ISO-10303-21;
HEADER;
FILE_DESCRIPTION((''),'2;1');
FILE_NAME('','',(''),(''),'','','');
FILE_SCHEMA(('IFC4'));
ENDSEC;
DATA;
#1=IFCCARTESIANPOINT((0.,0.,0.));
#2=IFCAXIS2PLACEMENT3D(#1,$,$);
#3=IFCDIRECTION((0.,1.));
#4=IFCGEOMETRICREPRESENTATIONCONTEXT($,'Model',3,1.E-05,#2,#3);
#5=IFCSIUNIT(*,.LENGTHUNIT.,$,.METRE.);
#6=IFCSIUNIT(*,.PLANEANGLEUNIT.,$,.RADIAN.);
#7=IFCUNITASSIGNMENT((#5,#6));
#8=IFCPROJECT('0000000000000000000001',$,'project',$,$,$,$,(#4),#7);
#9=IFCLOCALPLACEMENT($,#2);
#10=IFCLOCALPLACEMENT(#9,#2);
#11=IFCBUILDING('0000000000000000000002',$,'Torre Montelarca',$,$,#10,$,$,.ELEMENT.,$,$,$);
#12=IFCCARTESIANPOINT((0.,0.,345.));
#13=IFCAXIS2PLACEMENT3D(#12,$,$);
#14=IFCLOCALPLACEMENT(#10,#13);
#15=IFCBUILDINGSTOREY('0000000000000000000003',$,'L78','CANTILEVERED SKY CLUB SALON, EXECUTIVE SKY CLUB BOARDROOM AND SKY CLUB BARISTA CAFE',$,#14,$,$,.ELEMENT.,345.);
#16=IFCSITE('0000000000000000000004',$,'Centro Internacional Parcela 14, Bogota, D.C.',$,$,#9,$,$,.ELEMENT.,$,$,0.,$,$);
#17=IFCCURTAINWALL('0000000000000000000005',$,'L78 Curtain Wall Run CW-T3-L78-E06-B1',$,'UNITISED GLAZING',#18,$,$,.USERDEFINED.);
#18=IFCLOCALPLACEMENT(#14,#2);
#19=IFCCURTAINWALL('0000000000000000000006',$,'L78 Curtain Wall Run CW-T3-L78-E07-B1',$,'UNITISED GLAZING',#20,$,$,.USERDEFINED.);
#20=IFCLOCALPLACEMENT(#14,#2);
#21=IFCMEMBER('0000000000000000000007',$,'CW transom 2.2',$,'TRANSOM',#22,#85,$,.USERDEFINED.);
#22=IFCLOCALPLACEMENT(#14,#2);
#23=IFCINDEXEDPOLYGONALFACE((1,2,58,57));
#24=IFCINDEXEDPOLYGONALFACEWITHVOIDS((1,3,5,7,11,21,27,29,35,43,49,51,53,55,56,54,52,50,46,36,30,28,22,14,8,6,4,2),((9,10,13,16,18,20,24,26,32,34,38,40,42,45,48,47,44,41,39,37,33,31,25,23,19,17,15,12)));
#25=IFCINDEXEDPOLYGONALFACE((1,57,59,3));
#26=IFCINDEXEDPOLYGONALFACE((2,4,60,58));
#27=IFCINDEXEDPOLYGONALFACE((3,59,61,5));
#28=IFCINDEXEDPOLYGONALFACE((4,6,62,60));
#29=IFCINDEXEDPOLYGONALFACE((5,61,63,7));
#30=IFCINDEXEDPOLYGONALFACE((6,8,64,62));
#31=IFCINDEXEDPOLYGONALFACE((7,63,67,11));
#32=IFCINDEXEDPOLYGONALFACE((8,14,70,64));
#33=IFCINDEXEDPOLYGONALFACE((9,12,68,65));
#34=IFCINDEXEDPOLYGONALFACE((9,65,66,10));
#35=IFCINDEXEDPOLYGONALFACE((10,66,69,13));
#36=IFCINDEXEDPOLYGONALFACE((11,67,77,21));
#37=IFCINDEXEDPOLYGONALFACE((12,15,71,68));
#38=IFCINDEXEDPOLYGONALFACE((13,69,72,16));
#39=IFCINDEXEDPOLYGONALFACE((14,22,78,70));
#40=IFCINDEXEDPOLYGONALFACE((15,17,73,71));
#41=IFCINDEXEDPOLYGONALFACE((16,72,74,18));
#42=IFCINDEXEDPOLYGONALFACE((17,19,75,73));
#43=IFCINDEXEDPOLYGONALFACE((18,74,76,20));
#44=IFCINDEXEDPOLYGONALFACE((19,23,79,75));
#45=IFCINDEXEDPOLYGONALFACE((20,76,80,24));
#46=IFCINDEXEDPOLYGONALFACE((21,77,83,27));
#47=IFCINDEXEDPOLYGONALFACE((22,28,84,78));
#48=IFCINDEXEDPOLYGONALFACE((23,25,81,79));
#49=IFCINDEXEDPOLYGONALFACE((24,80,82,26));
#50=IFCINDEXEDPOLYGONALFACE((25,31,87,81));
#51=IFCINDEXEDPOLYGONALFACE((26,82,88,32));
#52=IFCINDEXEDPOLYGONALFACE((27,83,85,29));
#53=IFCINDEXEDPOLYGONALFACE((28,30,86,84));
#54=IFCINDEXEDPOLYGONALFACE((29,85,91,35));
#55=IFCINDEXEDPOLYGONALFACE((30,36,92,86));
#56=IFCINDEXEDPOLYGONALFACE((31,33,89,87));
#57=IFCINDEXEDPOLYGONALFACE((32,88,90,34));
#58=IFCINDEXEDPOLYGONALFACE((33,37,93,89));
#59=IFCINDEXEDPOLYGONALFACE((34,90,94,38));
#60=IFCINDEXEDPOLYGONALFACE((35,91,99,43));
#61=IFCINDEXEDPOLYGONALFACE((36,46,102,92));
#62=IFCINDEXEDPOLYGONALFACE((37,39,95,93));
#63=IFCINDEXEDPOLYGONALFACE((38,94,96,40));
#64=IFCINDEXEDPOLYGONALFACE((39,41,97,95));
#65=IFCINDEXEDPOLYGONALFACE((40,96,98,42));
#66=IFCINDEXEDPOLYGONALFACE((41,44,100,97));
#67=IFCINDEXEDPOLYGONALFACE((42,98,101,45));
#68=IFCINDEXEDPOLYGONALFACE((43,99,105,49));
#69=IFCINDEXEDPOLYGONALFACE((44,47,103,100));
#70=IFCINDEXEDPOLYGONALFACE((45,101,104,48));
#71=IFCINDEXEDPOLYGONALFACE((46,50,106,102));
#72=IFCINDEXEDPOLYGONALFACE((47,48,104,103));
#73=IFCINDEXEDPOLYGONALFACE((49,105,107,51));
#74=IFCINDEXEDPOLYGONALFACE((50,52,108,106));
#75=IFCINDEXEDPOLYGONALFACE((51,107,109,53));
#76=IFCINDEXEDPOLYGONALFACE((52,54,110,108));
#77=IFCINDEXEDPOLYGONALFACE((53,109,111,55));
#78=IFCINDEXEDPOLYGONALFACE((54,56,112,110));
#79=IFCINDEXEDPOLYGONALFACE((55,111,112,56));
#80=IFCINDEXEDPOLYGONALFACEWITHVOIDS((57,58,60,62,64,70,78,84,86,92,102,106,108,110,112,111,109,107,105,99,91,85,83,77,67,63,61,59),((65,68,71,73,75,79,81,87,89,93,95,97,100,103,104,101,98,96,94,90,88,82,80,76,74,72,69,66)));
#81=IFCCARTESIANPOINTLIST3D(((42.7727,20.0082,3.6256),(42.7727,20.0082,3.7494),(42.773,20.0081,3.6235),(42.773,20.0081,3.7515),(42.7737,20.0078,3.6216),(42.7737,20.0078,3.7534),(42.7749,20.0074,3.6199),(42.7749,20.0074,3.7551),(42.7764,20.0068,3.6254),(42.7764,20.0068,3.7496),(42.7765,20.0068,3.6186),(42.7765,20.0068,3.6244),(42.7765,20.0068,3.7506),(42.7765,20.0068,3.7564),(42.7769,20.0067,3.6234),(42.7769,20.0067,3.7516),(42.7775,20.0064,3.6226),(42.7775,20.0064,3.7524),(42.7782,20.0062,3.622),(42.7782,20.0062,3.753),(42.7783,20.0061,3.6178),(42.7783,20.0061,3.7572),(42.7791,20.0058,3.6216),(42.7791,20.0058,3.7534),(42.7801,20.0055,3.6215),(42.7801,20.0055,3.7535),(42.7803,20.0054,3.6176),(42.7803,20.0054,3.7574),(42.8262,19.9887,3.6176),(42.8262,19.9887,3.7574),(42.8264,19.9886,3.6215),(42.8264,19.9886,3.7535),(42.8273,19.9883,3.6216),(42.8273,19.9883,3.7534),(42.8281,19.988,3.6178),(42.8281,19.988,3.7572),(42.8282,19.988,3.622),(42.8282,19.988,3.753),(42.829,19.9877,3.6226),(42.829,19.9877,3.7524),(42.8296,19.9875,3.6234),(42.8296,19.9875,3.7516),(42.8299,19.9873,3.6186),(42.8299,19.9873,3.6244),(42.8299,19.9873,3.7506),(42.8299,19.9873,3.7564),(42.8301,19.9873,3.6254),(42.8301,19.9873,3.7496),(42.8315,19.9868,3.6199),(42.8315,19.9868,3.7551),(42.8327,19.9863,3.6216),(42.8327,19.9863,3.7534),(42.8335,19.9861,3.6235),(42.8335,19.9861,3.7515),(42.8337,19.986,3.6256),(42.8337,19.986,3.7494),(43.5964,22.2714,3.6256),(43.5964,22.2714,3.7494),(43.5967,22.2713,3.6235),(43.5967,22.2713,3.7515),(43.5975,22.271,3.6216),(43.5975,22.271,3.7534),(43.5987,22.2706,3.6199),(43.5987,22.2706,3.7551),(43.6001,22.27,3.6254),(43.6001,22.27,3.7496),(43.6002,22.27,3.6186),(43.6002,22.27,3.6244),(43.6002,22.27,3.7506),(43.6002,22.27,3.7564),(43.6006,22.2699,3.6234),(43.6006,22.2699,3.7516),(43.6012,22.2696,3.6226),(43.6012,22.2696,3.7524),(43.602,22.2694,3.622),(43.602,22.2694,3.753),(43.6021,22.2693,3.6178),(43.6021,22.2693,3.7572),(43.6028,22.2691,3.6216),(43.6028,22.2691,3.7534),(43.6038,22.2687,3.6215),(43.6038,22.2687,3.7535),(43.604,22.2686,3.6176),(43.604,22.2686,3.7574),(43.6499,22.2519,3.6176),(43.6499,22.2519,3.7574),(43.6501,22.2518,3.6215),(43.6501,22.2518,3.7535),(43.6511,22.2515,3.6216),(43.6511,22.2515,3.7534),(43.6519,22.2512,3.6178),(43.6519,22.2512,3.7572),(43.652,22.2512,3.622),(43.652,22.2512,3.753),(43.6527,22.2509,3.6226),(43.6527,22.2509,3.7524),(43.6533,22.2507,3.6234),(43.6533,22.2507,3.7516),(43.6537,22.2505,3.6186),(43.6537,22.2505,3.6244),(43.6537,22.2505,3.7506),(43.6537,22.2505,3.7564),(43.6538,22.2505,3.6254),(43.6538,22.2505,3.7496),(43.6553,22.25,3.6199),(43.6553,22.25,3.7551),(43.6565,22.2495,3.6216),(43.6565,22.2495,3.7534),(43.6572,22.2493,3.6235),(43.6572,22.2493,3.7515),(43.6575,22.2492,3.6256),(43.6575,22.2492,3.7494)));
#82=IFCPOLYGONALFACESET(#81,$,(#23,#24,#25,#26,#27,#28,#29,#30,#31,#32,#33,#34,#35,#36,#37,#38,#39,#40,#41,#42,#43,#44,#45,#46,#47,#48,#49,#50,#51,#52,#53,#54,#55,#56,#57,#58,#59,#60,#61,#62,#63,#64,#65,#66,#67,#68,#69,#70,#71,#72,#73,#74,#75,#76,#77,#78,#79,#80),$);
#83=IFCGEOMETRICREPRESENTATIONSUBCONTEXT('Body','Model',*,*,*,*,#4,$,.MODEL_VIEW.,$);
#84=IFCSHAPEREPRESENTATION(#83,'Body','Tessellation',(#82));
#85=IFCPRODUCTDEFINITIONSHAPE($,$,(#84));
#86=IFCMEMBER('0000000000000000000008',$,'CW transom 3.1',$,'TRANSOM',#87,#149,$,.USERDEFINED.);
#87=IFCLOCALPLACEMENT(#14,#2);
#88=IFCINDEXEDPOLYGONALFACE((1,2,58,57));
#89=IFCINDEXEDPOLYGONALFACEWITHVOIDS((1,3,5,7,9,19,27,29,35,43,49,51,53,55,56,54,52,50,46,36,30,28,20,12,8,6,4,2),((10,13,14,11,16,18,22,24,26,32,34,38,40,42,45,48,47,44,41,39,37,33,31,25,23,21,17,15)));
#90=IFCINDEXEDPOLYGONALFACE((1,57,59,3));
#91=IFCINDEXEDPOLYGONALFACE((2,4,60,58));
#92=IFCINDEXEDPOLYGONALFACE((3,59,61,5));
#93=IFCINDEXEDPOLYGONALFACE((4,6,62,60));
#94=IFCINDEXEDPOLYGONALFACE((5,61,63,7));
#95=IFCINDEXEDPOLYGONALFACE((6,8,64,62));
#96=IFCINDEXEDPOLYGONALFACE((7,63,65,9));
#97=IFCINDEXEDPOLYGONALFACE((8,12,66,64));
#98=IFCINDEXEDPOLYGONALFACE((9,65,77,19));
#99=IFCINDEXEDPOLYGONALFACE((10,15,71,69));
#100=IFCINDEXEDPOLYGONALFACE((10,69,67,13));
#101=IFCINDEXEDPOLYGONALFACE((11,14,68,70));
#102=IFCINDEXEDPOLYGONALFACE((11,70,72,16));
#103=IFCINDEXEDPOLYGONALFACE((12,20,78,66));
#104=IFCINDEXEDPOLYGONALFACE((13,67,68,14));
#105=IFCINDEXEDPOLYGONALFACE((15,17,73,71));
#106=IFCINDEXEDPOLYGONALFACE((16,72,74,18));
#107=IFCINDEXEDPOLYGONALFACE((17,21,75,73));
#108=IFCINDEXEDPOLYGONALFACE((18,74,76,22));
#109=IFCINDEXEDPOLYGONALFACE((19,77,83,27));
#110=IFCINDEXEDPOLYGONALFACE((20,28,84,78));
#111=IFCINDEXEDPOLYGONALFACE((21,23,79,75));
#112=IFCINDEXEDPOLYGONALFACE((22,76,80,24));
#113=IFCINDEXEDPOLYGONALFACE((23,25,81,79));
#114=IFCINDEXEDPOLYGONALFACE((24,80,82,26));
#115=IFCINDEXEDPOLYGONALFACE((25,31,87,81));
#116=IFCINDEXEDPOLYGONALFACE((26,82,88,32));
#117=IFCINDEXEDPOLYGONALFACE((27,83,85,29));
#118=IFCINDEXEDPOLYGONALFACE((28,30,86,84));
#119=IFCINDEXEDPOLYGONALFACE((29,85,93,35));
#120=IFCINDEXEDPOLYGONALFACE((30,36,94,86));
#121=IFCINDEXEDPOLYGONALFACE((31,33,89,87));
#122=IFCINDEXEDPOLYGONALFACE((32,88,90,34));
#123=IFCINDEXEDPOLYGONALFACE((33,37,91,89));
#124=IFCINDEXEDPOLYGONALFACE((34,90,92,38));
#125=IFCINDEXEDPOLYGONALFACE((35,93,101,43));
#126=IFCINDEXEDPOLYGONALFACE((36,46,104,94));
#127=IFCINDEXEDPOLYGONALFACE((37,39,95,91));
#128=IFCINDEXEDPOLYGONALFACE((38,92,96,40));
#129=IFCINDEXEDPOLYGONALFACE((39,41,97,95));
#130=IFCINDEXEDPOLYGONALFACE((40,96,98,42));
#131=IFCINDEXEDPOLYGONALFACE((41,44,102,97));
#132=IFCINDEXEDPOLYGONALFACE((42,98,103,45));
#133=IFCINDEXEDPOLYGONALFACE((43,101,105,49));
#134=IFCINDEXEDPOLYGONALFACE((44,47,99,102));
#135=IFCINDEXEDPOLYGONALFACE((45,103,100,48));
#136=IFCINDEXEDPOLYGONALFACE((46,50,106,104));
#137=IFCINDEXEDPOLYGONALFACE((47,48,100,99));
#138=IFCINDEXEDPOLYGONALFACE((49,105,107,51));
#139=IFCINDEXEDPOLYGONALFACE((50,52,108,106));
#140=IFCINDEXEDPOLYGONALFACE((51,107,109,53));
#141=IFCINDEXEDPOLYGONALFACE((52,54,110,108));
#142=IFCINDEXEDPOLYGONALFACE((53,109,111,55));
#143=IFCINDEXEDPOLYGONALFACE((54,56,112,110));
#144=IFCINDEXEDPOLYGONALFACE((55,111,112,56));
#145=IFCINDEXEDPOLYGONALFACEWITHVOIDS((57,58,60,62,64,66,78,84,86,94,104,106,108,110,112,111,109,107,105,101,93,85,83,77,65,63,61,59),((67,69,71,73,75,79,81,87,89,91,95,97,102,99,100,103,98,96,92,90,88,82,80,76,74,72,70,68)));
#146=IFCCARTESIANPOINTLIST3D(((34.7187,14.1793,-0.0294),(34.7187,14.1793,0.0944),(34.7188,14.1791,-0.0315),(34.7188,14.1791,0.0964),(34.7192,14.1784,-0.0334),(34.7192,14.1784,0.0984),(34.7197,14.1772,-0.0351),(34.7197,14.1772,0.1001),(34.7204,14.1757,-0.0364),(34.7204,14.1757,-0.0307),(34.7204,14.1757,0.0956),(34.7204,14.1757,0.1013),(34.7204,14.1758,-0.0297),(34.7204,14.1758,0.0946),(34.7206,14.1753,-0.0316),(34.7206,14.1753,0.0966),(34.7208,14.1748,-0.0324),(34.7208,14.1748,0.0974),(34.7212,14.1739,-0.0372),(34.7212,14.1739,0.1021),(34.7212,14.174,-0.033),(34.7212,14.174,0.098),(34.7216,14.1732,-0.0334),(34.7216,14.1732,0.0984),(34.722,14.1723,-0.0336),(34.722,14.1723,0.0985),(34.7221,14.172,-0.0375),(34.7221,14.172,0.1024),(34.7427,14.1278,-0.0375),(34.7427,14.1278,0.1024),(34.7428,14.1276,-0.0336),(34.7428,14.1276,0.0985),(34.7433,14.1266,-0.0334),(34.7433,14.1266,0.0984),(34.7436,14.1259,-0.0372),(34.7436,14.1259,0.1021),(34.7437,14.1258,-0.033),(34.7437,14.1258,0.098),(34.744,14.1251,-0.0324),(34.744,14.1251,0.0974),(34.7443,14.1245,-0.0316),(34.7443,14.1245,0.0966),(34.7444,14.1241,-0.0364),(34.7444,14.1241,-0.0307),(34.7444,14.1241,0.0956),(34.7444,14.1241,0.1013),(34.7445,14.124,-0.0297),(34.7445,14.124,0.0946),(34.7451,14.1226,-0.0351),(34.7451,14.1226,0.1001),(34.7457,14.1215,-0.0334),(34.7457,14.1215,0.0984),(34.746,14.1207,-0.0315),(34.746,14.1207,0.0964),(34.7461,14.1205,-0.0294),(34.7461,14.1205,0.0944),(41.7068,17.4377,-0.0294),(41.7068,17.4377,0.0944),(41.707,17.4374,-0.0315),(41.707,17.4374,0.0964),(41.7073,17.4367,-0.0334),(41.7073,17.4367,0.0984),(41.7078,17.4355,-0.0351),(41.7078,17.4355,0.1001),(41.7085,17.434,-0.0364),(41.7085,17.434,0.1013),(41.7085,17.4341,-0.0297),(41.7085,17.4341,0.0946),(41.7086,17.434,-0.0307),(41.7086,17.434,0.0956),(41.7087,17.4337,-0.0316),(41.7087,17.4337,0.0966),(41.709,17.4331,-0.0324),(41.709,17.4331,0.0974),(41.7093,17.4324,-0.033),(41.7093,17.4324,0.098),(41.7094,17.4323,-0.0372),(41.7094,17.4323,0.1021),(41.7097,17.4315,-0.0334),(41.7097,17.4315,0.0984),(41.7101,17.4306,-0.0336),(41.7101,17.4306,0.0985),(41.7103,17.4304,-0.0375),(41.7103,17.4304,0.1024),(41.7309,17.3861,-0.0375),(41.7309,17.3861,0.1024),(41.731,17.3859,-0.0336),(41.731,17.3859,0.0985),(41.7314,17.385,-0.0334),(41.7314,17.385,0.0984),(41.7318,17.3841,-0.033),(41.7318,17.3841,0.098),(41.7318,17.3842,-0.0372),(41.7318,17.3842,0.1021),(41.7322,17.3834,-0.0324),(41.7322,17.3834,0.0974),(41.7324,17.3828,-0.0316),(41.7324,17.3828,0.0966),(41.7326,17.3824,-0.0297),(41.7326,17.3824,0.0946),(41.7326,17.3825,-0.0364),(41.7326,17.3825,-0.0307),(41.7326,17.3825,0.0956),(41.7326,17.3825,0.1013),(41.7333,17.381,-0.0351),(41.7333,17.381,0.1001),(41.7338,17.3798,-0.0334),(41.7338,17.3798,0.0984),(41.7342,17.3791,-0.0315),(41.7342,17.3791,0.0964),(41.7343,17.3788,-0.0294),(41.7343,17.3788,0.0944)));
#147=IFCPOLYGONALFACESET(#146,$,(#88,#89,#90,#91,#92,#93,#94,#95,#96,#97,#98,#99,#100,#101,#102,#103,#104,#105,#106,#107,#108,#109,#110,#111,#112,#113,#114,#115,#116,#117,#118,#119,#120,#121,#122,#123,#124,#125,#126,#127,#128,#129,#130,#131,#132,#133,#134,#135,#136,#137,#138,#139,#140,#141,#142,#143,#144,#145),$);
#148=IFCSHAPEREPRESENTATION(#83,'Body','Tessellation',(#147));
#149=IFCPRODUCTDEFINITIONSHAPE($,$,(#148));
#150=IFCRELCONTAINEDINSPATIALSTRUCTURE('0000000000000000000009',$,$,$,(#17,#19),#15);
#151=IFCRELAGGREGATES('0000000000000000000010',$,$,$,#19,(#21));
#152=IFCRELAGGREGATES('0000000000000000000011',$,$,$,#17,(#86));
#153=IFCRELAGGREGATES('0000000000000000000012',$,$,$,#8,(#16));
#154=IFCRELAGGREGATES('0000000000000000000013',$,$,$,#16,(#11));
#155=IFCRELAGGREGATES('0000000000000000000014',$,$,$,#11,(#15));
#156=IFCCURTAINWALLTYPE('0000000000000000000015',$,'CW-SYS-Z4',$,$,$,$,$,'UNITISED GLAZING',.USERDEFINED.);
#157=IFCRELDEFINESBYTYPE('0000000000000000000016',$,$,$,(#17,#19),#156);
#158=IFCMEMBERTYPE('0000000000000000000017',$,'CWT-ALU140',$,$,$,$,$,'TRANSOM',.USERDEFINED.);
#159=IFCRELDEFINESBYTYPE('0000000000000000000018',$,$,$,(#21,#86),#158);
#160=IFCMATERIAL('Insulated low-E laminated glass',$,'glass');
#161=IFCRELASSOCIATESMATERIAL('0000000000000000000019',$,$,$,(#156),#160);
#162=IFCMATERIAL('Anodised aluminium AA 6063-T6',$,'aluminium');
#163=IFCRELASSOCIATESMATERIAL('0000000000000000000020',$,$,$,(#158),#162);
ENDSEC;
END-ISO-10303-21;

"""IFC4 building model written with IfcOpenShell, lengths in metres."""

from ifc_helpers import new_model, si_unit, direction, frame, origin, origin_2d, place, context, subcontext, project, spatial, hollow_rectangle, extrude, source, transform, mapped, material, material_profile, profile_set, type_object, element, aggregate, save


model = new_model("IFC4")

# Units and contexts
model_context = context("Model", 3, precision=1e-05, world=origin(), true_north=direction((0.0, 1.0)))
body_context = subcontext(model_context, "Body", "Model", "MODEL_VIEW")
ifc_project = project(units=[si_unit("LENGTHUNIT", "METRE"), si_unit("PLANEANGLEUNIT", "RADIAN")], contexts=[model_context])

# Site, building, storey
site_placement = place(None, origin())
site = spatial("IfcSite", under=ifc_project, at=site_placement, Name="Centro Internacional Parcela 14, Bogota, D.C.", CompositionType="ELEMENT", RefElevation=0.0)
building_placement = place(site_placement, origin())
building = spatial("IfcBuilding", under=site, at=building_placement, Name="Torre Montelarca", CompositionType="ELEMENT")
storey_placement = place(building_placement, frame((0.0, 0.0, 345.0)))
storey = spatial("IfcBuildingStorey", under=building, at=storey_placement, Name="L78", Description="CANTILEVERED SKY CLUB SALON, EXECUTIVE SKY CLUB BOARDROOM AND SKY CLUB BARISTA CAFE", CompositionType="ELEMENT", Elevation=345.0)

# Curtain walls, member
ifc_material_1 = material(Name="Insulated low-E laminated glass", Category="glass")
curtain_wall_type = type_object("IfcCurtainWallType", Name="CW-SYS-Z4", ElementType="UNITISED GLAZING", PredefinedType="USERDEFINED", material=ifc_material_1)
curtain_wall_1_placement = place(storey_placement, origin())
curtain_wall_1 = element("IfcCurtainWall", 1, at=curtain_wall_1_placement, inside=storey, type_object=curtain_wall_type, Name="L78 Curtain Wall Run CW-T3-L78-E06-B1", ObjectType="UNITISED GLAZING", PredefinedType="USERDEFINED")
ifc_material_2 = material(Name="Anodised aluminium AA 6063-T6", Category="aluminium")
curtain_wall_2_placement = place(storey_placement, origin())
curtain_wall_2 = element("IfcCurtainWall", 2, at=curtain_wall_2_placement, inside=storey, type_object=curtain_wall_type, Name="L78 Curtain Wall Run CW-T3-L78-E07-B1", ObjectType="UNITISED GLAZING", PredefinedType="USERDEFINED")
ifc_material_profile_1 = material_profile(ifc_material_2, hollow_rectangle(XDim=0.0649, YDim=0.1399, WallThickness=0.0039, InnerFilletRadius=0.0039, OuterFilletRadius=0.0081, at=origin_2d()), Name="ALU65X140X4", Category="aluminium")
ifc_profile_set_1 = profile_set([ifc_material_profile_1], Name="Anodised aluminium AA 6063-T6")
member_type_1 = type_object("IfcMemberType", Name="CWT-ALU140", ElementType="TRANSOM", PredefinedType="USERDEFINED", material=ifc_profile_set_1)
shared_shape_1 = source(origin(), body_context, "Body", "SweptSolid", [
    extrude(hollow_rectangle(XDim=0.0649, YDim=0.1399, WallThickness=0.0039, InnerFilletRadius=0.0039, OuterFilletRadius=0.0081, at=origin_2d()), origin(), (0.0, 0.0, 1.0), 2.4084),
])
member_1_placement = place(storey_placement, frame((42.8032, 19.9971, 3.6875), z_axis=(0.34202, 0.939693, 0.0), x_axis=(-0.939693, 0.34202, 0.0)))
member_1 = element("IfcMember", 3, at=member_1_placement, type_object=member_type_1, Name="CW transom 2.2", ObjectType="TRANSOM", PredefinedType="USERDEFINED", context=body_context, shape_type="MappedRepresentation", body=[
    mapped(shared_shape_1, transform((0.0, 0.0, 0.0), scale=1.0)),
])

# Member
shared_shape_2 = source(origin(), body_context, "Body", "SweptSolid", [
    extrude(hollow_rectangle(XDim=0.0649, YDim=0.1399, WallThickness=0.0039, InnerFilletRadius=0.0039, OuterFilletRadius=0.0081, at=origin_2d()), origin(), (0.0, 0.0, 1.0), 7.7104),
])
member_2_placement = place(storey_placement, frame((34.7324, 14.1499, 0.0325), z_axis=(0.906321, 0.422589, 0.0), x_axis=(-0.422589, 0.906321, 0.0)))
member_2 = element("IfcMember", 4, at=member_2_placement, type_object=member_type_1, Name="CW transom 3.1", ObjectType="TRANSOM", PredefinedType="USERDEFINED", context=body_context, shape_type="MappedRepresentation", body=[
    mapped(shared_shape_2, transform((0.0, 0.0, 0.0), scale=1.0)),
])

aggregate(curtain_wall_2, [member_1])
aggregate(curtain_wall_1, [member_2])

save(model, "model.ifc")
